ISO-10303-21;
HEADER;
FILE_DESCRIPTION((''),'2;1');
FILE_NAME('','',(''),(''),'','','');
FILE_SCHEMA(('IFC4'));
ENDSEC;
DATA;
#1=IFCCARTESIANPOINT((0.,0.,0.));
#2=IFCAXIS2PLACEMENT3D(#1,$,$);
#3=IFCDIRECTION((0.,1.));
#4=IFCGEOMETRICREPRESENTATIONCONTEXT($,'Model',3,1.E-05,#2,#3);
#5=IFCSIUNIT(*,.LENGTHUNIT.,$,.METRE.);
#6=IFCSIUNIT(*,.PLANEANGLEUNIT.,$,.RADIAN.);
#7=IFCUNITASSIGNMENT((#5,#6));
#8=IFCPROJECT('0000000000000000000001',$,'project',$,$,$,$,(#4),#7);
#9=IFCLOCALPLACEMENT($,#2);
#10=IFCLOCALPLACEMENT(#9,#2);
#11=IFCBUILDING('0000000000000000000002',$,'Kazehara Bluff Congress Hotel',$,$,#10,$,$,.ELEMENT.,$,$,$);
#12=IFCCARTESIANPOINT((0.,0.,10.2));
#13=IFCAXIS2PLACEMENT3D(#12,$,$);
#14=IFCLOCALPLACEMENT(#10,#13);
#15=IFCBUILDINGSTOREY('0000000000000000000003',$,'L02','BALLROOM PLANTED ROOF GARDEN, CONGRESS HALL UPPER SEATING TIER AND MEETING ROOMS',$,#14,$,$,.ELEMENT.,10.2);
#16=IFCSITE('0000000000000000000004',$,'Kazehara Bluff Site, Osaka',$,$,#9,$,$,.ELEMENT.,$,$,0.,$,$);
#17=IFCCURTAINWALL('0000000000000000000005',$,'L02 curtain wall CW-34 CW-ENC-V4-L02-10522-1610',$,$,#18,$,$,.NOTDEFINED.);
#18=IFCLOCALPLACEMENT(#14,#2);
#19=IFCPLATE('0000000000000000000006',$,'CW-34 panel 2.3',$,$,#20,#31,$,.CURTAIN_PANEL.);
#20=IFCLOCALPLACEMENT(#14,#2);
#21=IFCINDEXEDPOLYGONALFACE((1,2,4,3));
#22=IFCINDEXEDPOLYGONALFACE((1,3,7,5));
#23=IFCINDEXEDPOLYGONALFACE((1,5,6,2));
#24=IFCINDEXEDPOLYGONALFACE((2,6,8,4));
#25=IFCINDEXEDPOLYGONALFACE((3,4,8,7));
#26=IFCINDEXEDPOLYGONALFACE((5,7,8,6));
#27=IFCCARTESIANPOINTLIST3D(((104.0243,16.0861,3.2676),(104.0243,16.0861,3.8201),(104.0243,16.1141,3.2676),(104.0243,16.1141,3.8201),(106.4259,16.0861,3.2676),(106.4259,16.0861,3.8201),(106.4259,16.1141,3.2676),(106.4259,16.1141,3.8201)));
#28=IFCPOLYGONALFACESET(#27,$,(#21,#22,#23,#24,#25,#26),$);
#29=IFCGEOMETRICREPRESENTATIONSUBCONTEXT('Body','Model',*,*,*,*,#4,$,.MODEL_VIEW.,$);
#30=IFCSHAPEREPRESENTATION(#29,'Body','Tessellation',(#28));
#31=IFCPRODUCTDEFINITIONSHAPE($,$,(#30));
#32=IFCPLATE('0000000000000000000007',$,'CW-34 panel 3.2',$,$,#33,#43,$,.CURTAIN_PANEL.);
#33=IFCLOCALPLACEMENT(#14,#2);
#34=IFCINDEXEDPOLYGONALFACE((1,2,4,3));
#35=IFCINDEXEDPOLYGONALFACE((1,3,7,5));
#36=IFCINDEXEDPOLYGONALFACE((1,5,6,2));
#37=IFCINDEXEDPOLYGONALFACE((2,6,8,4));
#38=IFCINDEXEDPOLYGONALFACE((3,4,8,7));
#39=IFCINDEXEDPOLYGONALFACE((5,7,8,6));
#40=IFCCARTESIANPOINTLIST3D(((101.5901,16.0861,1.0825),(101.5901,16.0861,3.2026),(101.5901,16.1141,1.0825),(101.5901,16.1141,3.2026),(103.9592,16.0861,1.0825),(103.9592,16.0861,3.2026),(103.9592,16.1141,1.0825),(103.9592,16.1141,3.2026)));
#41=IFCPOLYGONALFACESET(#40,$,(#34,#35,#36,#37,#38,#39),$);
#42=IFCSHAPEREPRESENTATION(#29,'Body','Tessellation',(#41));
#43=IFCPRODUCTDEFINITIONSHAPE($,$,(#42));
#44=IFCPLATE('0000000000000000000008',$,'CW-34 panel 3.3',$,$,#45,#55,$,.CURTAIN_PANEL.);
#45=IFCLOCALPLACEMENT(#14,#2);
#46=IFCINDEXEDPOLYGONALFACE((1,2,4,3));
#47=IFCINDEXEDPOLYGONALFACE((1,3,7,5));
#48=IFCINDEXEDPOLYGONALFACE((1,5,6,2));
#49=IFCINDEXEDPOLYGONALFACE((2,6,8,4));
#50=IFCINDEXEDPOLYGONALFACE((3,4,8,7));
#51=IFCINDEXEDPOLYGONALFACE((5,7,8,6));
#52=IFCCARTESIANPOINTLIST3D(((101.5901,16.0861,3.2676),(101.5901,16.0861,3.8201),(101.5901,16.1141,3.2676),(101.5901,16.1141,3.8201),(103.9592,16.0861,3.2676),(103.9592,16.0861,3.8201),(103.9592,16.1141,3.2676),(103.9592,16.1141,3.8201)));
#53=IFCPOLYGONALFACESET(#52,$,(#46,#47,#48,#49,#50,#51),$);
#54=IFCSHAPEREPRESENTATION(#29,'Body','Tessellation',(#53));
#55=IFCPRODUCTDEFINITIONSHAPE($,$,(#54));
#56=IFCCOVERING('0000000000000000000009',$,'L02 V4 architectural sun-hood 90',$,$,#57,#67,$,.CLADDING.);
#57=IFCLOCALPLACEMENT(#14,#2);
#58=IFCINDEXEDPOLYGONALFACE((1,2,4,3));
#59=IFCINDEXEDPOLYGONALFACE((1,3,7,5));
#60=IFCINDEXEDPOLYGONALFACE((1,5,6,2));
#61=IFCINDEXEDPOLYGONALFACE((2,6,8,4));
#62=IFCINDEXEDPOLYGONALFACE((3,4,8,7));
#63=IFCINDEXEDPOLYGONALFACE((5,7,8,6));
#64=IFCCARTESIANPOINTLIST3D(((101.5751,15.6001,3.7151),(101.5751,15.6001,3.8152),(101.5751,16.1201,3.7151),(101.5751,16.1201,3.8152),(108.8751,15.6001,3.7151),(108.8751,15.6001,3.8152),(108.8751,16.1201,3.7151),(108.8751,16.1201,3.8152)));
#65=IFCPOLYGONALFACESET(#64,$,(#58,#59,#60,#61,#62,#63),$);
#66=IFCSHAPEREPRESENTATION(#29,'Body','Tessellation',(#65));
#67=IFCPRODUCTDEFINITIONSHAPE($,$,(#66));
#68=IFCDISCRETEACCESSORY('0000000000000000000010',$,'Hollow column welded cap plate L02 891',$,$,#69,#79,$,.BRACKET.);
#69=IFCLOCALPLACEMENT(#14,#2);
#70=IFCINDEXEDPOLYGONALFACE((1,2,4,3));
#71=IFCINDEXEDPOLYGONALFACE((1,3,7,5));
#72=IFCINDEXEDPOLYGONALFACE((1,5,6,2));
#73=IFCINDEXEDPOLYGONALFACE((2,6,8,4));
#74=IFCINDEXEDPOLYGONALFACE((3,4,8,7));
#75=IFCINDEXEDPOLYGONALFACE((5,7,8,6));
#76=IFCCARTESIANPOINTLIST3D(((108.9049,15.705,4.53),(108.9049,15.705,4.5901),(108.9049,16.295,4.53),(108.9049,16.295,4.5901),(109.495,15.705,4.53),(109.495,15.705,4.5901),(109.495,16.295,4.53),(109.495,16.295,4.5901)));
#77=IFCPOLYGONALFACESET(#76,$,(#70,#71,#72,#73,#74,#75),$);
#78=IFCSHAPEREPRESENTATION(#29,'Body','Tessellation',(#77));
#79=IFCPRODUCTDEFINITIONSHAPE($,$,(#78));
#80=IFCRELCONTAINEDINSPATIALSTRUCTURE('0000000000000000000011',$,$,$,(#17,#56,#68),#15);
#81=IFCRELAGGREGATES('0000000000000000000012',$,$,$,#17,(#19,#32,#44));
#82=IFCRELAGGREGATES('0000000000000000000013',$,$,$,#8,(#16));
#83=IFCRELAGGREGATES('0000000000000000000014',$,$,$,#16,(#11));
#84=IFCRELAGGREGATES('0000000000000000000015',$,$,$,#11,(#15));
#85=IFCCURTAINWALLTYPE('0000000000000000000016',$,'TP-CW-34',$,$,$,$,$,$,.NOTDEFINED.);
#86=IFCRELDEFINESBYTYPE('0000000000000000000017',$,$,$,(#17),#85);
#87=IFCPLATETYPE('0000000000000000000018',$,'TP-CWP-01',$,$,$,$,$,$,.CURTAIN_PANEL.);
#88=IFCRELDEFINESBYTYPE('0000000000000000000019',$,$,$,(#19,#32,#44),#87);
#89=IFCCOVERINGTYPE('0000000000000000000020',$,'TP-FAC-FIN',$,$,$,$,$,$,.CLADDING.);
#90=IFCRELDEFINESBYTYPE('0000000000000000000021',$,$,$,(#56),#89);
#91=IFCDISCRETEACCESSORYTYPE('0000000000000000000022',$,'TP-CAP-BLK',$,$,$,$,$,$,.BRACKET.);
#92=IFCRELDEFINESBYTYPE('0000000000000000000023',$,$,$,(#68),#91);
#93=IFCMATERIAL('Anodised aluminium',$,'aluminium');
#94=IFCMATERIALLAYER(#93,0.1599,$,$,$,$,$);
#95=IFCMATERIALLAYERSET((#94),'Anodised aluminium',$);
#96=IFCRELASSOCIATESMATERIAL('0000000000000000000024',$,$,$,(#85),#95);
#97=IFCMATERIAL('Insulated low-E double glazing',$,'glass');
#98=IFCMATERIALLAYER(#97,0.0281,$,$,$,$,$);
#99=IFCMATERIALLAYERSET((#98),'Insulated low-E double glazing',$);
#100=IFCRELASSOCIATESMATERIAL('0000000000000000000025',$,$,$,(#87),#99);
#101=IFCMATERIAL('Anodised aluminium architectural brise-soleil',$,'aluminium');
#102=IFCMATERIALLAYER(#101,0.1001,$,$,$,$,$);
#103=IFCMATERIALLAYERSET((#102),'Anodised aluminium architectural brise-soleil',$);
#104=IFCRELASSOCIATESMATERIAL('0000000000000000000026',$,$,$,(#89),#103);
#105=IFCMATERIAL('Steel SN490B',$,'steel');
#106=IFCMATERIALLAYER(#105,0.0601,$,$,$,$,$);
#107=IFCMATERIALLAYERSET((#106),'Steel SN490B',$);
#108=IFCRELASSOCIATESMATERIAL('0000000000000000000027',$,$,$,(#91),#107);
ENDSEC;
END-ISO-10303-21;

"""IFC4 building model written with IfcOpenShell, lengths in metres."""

from ifc_helpers import new_model, si_unit, direction, frame, origin, origin_2d, place, context, subcontext, project, spatial, rectangle, extrude, material, layer, layer_set, type_object, element, aggregate, save


model = new_model("IFC4")

# Units and contexts
model_context = context("Model", 3, precision=1e-05, world=origin(), true_north=direction((0.0, 1.0)))
body_context = subcontext(model_context, "Body", "Model", "MODEL_VIEW")
ifc_project = project(units=[si_unit("LENGTHUNIT", "METRE"), si_unit("PLANEANGLEUNIT", "RADIAN")], contexts=[model_context])

# Site, building, storey
site_placement = place(None, origin())
site = spatial("IfcSite", under=ifc_project, at=site_placement, Name="Kazehara Bluff Site, Osaka", CompositionType="ELEMENT", RefElevation=0.0)
building_placement = place(site_placement, origin())
building = spatial("IfcBuilding", under=site, at=building_placement, Name="Kazehara Bluff Congress Hotel", CompositionType="ELEMENT")
storey_placement = place(building_placement, frame((0.0, 0.0, 10.2)))
storey = spatial("IfcBuildingStorey", under=building, at=storey_placement, Name="L02", Description="BALLROOM PLANTED ROOF GARDEN, CONGRESS HALL UPPER SEATING TIER AND MEETING ROOMS", CompositionType="ELEMENT", Elevation=10.2)

# Curtain wall
ifc_material_1 = material(Name="Anodised aluminium", Category="aluminium")
ifc_layer_1 = layer(ifc_material_1, 0.1599)
ifc_layer_set_1 = layer_set([ifc_layer_1], Name="Anodised aluminium")
curtain_wall_type = type_object("IfcCurtainWallType", Name="TP-CW-34", PredefinedType="NOTDEFINED", material=ifc_layer_set_1)
curtain_wall_placement = place(storey_placement, origin())
curtain_wall = element("IfcCurtainWall", 1, at=curtain_wall_placement, inside=storey, type_object=curtain_wall_type, Name="L02 curtain wall CW-34 CW-ENC-V4-L02-10522-1610", PredefinedType="NOTDEFINED")

# Plates
ifc_material_2 = material(Name="Insulated low-E double glazing", Category="glass")
ifc_layer_2 = layer(ifc_material_2, 0.0281)
ifc_layer_set_2 = layer_set([ifc_layer_2], Name="Insulated low-E double glazing")
plate_type = type_object("IfcPlateType", Name="TP-CWP-01", PredefinedType="CURTAIN_PANEL", material=ifc_layer_set_2)
plate_1_placement = place(storey_placement, frame((105.2251, 16.1001, 3.2676), z_axis=(0.0, 0.0, 1.0), x_axis=(-1.0, 0.0, 0.0)))
plate_1 = element("IfcPlate", 2, at=plate_1_placement, type_object=plate_type, Name="CW-34 panel 2.3", PredefinedType="CURTAIN_PANEL", context=body_context, shape_type="SweptSolid", body=[
    extrude(rectangle(XDim=2.4016, YDim=0.0281, at=origin_2d()), origin(), (0.0, 0.0, 1.0), 0.5525),
])
plate_2_placement = place(storey_placement, frame((102.7747, 16.1001, 1.0825), z_axis=(0.0, 0.0, 1.0), x_axis=(-1.0, 0.0, 0.0)))
plate_2 = element("IfcPlate", 3, at=plate_2_placement, type_object=plate_type, Name="CW-34 panel 3.2", PredefinedType="CURTAIN_PANEL", context=body_context, shape_type="SweptSolid", body=[
    extrude(rectangle(XDim=2.3691, YDim=0.0281, at=origin_2d()), origin(), (0.0, 0.0, 1.0), 2.1201),
])
plate_3_placement = place(storey_placement, frame((102.7747, 16.1001, 3.2676), z_axis=(0.0, 0.0, 1.0), x_axis=(-1.0, 0.0, 0.0)))
plate_3 = element("IfcPlate", 4, at=plate_3_placement, type_object=plate_type, Name="CW-34 panel 3.3", PredefinedType="CURTAIN_PANEL", context=body_context, shape_type="SweptSolid", body=[
    extrude(rectangle(XDim=2.3691, YDim=0.0281, at=origin_2d()), origin(), (0.0, 0.0, 1.0), 0.5525),
])
aggregate(curtain_wall, [plate_1, plate_2, plate_3])

# Covering
ifc_material_3 = material(Name="Anodised aluminium architectural brise-soleil", Category="aluminium")
ifc_layer_3 = layer(ifc_material_3, 0.1001)
ifc_layer_set_3 = layer_set([ifc_layer_3], Name="Anodised aluminium architectural brise-soleil")
covering_type = type_object("IfcCoveringType", Name="TP-FAC-FIN", PredefinedType="CLADDING", material=ifc_layer_set_3)
covering_placement = place(storey_placement, frame((105.2251, 15.8601, 3.7151), z_axis=(0.0, 0.0, 1.0), x_axis=(1.0, 0.0, 0.0)))
element("IfcCovering", 5, at=covering_placement, inside=storey, type_object=covering_type, Name="L02 V4 architectural sun-hood 90", PredefinedType="CLADDING", context=body_context, shape_type="SweptSolid", body=[
    extrude(rectangle(XDim=7.3, YDim=0.52, at=origin_2d()), origin(), (0.0, 0.0, 1.0), 0.1001),
])

# Discrete accessory
ifc_material_4 = material(Name="Steel SN490B", Category="steel")
ifc_layer_4 = layer(ifc_material_4, 0.0601)
ifc_layer_set_4 = layer_set([ifc_layer_4], Name="Steel SN490B")
discrete_accessory_type = type_object("IfcDiscreteAccessoryType", Name="TP-CAP-BLK", PredefinedType="BRACKET", material=ifc_layer_set_4)
discrete_accessory_placement = place(storey_placement, frame((109.2, 16.0, 4.53), z_axis=(0.0, 0.0, 1.0), x_axis=(1.0, 0.0, 0.0)))
element("IfcDiscreteAccessory", 6, at=discrete_accessory_placement, inside=storey, type_object=discrete_accessory_type, Name="Hollow column welded cap plate L02 891", PredefinedType="BRACKET", context=body_context, shape_type="SweptSolid", body=[
    extrude(rectangle(XDim=0.5901, YDim=0.5901, at=origin_2d()), origin(), (0.0, 0.0, 1.0), 0.0601),
])

save(model, "model.ifc")
